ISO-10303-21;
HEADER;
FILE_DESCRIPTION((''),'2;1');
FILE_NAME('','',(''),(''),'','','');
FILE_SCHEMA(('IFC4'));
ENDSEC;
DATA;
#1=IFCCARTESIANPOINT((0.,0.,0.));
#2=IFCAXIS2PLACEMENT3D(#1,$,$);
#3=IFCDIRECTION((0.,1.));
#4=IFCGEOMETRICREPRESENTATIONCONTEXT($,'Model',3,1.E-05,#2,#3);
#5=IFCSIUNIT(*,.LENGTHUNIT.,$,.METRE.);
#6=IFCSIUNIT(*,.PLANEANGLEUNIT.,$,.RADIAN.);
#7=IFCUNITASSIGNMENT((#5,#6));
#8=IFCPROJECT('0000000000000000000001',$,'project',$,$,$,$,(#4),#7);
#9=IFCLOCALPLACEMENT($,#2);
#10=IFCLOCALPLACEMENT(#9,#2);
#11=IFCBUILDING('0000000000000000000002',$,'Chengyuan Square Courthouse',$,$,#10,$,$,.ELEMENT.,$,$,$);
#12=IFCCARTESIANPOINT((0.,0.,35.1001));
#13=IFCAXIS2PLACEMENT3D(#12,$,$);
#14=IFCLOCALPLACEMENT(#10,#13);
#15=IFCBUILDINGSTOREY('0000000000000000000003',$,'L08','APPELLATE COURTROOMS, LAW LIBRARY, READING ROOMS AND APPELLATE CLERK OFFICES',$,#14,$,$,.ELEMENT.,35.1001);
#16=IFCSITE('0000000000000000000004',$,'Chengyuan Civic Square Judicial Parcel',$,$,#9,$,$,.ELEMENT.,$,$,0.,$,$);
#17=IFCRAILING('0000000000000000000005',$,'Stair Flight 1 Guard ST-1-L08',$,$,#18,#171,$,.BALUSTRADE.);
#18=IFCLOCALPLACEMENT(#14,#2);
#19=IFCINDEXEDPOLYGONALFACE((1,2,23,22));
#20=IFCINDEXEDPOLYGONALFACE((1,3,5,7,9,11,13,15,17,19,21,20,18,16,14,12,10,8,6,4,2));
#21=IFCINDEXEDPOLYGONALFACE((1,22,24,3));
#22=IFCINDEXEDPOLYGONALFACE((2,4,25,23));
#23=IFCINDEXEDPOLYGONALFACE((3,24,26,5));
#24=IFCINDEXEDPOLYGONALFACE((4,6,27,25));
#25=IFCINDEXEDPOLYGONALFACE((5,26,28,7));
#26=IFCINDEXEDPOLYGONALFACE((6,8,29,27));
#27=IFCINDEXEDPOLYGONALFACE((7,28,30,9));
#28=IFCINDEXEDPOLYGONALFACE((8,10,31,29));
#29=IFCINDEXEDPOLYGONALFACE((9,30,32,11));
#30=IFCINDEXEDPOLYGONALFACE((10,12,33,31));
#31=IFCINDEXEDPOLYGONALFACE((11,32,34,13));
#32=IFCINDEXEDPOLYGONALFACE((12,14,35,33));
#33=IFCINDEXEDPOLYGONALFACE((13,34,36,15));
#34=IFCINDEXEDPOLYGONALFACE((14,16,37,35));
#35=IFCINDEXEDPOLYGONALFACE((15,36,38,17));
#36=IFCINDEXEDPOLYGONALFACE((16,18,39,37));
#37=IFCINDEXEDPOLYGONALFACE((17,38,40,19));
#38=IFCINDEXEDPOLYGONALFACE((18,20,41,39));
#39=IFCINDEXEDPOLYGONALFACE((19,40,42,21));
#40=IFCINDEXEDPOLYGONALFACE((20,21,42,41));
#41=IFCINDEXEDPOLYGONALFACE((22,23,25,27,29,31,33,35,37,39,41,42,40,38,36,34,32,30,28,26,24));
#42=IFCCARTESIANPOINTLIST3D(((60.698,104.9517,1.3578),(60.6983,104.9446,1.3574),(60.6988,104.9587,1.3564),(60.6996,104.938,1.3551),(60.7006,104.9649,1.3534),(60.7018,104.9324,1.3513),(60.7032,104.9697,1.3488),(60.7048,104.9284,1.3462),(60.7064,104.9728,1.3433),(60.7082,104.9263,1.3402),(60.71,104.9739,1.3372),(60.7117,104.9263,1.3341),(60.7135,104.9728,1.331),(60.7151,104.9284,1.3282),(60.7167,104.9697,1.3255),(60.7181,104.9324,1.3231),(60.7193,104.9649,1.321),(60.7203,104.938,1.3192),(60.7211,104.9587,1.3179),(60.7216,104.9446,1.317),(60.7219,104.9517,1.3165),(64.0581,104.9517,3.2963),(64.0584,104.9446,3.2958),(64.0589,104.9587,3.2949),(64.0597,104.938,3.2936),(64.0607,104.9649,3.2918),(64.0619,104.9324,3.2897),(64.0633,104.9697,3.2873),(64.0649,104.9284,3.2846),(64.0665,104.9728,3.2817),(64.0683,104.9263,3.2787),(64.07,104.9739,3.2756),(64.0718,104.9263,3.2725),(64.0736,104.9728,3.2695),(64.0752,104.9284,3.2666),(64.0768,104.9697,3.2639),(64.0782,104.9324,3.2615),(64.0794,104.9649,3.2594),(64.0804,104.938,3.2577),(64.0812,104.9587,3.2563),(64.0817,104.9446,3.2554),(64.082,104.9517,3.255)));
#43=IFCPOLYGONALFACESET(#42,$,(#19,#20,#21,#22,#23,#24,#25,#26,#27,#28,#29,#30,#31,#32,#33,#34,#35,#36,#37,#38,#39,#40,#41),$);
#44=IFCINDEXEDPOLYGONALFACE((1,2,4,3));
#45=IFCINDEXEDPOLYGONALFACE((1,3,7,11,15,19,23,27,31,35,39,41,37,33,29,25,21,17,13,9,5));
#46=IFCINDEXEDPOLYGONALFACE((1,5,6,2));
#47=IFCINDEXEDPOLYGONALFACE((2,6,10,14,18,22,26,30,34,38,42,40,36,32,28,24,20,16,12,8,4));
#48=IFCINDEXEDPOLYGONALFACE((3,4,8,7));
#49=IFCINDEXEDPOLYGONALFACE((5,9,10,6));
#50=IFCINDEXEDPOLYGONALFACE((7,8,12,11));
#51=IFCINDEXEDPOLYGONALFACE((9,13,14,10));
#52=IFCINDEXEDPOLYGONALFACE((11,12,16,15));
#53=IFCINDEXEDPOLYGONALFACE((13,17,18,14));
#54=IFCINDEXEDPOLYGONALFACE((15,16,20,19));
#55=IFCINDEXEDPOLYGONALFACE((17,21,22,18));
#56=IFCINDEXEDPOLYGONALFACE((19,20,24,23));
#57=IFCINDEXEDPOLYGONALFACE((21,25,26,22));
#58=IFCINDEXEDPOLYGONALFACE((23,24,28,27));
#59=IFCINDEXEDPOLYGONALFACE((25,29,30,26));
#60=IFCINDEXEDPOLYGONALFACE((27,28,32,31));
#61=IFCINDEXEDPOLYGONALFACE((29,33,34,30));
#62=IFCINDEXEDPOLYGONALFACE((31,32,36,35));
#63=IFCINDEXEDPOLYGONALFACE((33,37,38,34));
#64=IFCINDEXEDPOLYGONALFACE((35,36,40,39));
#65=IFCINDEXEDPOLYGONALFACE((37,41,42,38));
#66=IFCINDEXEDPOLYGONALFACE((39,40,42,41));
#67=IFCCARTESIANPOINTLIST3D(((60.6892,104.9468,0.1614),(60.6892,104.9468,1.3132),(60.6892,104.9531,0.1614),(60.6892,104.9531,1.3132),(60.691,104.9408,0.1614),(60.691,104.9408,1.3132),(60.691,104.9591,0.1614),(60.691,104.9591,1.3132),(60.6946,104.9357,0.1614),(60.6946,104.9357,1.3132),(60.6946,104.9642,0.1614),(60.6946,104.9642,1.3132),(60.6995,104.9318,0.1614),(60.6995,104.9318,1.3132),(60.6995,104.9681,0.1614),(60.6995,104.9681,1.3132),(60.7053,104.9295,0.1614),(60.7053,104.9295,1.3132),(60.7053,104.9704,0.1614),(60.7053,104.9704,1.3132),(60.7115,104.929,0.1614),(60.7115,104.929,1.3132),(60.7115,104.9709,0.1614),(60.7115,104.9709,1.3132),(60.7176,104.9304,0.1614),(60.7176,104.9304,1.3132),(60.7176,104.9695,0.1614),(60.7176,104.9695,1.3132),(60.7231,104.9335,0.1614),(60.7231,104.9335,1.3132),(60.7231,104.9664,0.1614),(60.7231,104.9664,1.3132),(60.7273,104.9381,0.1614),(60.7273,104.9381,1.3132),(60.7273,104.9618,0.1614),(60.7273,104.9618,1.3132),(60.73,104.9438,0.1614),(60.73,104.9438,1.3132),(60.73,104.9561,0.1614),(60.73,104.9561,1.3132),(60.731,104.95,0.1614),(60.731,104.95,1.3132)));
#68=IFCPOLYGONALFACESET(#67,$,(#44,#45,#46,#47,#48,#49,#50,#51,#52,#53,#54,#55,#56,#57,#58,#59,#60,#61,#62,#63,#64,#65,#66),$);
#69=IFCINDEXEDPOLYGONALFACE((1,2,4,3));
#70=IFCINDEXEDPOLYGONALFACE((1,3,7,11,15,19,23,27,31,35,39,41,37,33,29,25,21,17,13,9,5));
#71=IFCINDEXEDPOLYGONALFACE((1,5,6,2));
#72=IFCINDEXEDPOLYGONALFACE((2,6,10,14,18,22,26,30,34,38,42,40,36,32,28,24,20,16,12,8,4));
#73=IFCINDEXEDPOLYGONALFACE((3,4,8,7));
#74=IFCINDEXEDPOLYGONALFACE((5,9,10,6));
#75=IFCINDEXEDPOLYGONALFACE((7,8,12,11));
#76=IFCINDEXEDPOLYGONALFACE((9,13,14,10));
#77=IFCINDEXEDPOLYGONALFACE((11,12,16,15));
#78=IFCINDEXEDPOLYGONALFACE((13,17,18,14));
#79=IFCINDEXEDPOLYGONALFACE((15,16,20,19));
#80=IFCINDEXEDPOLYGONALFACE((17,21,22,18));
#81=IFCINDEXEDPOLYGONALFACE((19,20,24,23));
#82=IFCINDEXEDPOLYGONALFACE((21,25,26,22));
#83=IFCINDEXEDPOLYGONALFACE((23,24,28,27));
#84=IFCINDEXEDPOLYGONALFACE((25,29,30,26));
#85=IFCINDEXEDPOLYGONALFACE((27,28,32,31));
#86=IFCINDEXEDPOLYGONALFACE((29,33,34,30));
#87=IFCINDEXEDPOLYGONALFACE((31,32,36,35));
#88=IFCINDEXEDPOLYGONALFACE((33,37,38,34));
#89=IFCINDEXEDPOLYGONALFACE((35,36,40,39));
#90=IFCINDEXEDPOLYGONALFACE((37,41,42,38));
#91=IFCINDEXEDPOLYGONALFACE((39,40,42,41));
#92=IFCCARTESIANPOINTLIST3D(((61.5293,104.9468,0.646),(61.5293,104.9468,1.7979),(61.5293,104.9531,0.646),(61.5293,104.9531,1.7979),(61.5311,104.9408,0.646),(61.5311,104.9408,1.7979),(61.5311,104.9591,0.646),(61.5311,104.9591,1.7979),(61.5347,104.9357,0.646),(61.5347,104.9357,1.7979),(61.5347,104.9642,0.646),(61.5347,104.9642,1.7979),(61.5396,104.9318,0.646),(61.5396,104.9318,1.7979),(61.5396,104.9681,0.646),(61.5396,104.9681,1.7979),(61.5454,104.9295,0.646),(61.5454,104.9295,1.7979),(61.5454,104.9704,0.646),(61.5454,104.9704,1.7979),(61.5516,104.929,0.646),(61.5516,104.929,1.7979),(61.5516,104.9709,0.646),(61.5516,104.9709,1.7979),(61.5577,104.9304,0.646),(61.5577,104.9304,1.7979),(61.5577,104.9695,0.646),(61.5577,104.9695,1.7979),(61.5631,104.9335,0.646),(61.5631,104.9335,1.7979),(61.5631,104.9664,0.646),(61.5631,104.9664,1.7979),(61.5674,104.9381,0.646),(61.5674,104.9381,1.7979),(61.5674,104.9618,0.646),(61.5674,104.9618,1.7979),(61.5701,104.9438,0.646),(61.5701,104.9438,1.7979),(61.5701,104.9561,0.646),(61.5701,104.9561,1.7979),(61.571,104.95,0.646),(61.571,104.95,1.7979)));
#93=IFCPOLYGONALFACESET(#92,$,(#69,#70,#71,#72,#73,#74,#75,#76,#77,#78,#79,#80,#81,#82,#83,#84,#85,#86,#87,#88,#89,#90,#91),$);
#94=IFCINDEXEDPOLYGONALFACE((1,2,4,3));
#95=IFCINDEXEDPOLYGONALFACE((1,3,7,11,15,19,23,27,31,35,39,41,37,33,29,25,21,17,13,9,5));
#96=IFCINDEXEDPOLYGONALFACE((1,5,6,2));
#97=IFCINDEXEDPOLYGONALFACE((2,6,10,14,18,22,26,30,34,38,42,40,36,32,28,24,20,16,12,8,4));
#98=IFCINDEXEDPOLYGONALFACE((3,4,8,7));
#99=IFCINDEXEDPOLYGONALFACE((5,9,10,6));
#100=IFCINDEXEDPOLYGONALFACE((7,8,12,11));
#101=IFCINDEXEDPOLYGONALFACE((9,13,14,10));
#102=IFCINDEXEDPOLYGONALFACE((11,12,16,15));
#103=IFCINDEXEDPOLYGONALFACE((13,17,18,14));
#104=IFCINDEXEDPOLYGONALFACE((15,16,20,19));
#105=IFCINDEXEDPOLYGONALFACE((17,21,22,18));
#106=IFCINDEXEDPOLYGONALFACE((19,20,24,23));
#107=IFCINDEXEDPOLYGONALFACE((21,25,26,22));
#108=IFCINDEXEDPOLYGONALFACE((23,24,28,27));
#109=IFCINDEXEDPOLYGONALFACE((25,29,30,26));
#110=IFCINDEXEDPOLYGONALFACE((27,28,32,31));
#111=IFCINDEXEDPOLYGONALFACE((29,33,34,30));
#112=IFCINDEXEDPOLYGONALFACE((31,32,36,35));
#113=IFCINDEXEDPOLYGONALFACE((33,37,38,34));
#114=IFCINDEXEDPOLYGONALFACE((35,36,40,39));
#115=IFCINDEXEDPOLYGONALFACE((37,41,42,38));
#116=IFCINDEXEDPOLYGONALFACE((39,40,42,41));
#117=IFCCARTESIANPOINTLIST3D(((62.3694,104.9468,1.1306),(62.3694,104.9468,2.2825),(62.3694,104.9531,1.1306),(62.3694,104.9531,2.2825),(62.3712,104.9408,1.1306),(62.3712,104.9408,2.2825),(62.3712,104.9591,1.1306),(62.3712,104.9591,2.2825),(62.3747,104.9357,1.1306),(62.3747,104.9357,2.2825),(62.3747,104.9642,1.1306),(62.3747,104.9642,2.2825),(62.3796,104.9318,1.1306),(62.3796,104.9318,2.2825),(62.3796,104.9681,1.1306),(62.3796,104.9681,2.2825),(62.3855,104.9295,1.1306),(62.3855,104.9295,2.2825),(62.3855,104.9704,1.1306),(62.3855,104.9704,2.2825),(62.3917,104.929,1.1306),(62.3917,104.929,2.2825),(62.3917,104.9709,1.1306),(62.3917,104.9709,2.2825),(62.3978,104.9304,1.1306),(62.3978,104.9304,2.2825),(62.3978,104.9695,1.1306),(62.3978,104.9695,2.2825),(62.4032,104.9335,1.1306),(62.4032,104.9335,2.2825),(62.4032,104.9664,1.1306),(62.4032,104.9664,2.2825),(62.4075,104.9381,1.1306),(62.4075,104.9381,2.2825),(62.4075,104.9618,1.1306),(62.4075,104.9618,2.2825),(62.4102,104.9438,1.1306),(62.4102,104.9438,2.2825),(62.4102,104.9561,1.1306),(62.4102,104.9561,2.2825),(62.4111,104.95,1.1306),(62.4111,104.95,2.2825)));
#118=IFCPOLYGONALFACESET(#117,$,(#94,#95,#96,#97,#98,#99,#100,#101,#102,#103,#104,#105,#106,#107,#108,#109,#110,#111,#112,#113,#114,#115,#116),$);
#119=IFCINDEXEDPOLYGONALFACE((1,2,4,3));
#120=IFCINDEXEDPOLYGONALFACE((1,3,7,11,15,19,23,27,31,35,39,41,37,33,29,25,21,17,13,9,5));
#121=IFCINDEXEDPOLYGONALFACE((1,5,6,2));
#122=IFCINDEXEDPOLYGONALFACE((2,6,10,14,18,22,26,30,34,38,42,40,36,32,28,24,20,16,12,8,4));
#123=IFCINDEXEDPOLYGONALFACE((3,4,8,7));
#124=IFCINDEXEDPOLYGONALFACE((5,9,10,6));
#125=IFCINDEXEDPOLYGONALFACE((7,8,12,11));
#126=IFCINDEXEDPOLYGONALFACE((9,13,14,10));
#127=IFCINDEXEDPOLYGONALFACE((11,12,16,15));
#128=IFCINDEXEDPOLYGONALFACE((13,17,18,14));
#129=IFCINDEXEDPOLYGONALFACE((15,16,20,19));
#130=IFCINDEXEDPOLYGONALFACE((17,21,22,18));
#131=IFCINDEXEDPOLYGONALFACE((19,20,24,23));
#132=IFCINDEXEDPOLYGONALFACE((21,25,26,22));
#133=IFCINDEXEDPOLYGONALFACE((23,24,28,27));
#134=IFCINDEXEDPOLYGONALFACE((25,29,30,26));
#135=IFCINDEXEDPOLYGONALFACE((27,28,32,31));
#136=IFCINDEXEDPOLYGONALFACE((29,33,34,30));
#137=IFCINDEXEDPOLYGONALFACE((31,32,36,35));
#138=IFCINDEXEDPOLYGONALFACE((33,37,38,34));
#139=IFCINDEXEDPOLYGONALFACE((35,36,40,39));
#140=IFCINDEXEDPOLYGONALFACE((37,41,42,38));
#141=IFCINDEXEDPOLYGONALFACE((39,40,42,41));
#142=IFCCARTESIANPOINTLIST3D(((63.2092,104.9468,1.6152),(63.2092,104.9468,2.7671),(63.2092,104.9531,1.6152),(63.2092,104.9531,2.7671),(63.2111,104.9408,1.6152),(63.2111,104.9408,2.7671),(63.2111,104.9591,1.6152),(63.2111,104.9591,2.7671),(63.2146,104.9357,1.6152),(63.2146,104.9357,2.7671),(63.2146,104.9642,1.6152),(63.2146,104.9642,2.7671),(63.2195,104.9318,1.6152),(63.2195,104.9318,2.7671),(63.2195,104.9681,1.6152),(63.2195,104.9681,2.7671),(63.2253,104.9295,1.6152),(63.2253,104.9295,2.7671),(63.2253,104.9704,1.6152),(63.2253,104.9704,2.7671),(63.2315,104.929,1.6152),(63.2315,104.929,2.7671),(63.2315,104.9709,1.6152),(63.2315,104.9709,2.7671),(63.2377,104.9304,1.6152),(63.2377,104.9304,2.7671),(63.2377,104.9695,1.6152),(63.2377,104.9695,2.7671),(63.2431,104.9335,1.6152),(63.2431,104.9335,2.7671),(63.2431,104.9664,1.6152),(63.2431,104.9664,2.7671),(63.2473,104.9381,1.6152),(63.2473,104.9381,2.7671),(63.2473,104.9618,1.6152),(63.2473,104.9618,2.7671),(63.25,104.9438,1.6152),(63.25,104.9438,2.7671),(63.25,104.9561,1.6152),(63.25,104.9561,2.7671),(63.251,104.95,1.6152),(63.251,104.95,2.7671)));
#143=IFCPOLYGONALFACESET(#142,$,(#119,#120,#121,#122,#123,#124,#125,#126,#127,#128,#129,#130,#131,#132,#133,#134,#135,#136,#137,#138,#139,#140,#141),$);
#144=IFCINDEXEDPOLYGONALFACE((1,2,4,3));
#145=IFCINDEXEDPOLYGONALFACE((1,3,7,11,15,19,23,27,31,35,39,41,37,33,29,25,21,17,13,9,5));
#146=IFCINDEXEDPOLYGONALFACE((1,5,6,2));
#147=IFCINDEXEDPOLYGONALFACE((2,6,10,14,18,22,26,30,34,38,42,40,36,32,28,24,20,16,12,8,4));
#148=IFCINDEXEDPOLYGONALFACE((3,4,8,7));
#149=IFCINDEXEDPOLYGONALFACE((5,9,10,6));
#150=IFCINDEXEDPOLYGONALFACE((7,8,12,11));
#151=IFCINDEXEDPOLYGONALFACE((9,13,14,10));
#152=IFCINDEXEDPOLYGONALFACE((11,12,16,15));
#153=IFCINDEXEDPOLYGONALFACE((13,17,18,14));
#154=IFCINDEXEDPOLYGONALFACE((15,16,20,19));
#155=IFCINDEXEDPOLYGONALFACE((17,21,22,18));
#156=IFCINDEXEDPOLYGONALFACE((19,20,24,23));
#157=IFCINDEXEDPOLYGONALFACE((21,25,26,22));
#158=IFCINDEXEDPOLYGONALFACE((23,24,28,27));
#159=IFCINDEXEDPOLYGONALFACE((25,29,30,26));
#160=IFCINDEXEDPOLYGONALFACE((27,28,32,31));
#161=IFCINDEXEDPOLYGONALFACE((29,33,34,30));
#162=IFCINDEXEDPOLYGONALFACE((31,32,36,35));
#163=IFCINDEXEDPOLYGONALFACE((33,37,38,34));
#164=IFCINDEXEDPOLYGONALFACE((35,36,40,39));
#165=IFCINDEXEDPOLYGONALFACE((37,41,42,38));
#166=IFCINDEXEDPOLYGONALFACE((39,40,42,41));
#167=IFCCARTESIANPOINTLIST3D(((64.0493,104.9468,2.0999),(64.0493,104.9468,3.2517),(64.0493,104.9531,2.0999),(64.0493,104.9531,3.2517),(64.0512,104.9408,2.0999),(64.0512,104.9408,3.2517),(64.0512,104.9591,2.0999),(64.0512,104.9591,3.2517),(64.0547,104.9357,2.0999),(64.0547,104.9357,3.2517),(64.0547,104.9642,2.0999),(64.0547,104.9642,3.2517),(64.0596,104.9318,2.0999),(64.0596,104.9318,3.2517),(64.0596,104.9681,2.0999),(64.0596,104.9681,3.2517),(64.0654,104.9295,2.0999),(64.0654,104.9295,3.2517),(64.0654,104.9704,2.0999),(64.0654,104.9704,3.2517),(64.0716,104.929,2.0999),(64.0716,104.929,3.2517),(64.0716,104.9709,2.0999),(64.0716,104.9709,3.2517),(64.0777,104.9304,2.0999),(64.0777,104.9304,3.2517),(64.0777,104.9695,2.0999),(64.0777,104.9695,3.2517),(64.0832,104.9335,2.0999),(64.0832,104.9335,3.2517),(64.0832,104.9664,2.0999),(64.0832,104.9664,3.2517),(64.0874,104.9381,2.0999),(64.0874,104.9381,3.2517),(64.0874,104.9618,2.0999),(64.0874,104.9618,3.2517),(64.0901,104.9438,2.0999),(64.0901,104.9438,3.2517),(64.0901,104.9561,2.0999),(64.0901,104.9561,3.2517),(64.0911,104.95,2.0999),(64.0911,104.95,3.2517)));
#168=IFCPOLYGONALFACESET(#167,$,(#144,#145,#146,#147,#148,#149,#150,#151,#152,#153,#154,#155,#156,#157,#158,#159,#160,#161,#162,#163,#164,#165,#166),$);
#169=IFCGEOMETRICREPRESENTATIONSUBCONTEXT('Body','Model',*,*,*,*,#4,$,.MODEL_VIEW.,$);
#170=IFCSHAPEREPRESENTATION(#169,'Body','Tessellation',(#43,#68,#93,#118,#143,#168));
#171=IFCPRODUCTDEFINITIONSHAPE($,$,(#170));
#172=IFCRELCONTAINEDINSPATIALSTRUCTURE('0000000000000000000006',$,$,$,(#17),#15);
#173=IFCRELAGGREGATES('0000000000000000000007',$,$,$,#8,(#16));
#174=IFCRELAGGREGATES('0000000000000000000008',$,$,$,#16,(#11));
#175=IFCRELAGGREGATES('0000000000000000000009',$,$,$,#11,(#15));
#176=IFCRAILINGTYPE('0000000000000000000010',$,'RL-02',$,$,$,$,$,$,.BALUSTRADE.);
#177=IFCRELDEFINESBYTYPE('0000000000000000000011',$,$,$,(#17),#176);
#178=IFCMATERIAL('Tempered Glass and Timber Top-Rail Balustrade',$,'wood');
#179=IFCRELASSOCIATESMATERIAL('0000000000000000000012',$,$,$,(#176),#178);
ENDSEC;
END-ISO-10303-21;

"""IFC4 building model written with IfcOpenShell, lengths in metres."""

from ifc_helpers import new_model, si_unit, direction, frame, origin, origin_2d, place, context, subcontext, project, spatial, circle, extrude, material, type_object, element, save


model = new_model("IFC4")

# Units and contexts
model_context = context("Model", 3, precision=1e-05, world=origin(), true_north=direction((0.0, 1.0)))
body_context = subcontext(model_context, "Body", "Model", "MODEL_VIEW")
ifc_project = project(units=[si_unit("LENGTHUNIT", "METRE"), si_unit("PLANEANGLEUNIT", "RADIAN")], contexts=[model_context])

# Site, building, storey
site_placement = place(None, origin())
site = spatial("IfcSite", under=ifc_project, at=site_placement, Name="Chengyuan Civic Square Judicial Parcel", CompositionType="ELEMENT", RefElevation=0.0)
building_placement = place(site_placement, origin())
building = spatial("IfcBuilding", under=site, at=building_placement, Name="Chengyuan Square Courthouse", CompositionType="ELEMENT")
storey_placement = place(building_placement, frame((0.0, 0.0, 35.1001)))
storey = spatial("IfcBuildingStorey", under=building, at=storey_placement, Name="L08", Description="APPELLATE COURTROOMS, LAW LIBRARY, READING ROOMS AND APPELLATE CLERK OFFICES", CompositionType="ELEMENT", Elevation=35.1001)

# Railing
ifc_material_1 = material(Name="Tempered Glass and Timber Top-Rail Balustrade", Category="wood")
railing_type_1 = type_object("IfcRailingType", Name="RL-02", PredefinedType="BALUSTRADE", material=ifc_material_1)
railing_1_placement = place(storey_placement, frame((60.71, 104.95, 0.1614)))
element("IfcRailing", 1, at=railing_1_placement, inside=storey, type_object=railing_type_1, Name="Stair Flight 1 Guard ST-1-L08", PredefinedType="BALUSTRADE", context=body_context, shape_type="SweptSolid", body=[
    extrude(circle(Radius=0.0239, at=origin_2d()), frame((0.0, 0.0, 1.1758), z_axis=(0.866191, 0.0, 0.499713), x_axis=(0.0, 1.0, 0.0)), (0.0, 0.0, 1.0), 3.8792),
    extrude(circle(Radius=0.021, at=origin_2d()), origin(), (0.0, 0.0, 1.0), 1.1519),
    extrude(circle(Radius=0.021, at=origin_2d()), frame((0.8401, 0.0, 0.4846)), (0.0, 0.0, 1.0), 1.1519),
    extrude(circle(Radius=0.021, at=origin_2d()), frame((1.6802, 0.0, 0.9692)), (0.0, 0.0, 1.0), 1.1519),
    extrude(circle(Radius=0.021, at=origin_2d()), frame((2.52, 0.0, 1.4539)), (0.0, 0.0, 1.0), 1.1519),
    extrude(circle(Radius=0.021, at=origin_2d()), frame((3.3601, 0.0, 1.9385)), (0.0, 0.0, 1.0), 1.1519),
])

save(model, "model.ifc")
